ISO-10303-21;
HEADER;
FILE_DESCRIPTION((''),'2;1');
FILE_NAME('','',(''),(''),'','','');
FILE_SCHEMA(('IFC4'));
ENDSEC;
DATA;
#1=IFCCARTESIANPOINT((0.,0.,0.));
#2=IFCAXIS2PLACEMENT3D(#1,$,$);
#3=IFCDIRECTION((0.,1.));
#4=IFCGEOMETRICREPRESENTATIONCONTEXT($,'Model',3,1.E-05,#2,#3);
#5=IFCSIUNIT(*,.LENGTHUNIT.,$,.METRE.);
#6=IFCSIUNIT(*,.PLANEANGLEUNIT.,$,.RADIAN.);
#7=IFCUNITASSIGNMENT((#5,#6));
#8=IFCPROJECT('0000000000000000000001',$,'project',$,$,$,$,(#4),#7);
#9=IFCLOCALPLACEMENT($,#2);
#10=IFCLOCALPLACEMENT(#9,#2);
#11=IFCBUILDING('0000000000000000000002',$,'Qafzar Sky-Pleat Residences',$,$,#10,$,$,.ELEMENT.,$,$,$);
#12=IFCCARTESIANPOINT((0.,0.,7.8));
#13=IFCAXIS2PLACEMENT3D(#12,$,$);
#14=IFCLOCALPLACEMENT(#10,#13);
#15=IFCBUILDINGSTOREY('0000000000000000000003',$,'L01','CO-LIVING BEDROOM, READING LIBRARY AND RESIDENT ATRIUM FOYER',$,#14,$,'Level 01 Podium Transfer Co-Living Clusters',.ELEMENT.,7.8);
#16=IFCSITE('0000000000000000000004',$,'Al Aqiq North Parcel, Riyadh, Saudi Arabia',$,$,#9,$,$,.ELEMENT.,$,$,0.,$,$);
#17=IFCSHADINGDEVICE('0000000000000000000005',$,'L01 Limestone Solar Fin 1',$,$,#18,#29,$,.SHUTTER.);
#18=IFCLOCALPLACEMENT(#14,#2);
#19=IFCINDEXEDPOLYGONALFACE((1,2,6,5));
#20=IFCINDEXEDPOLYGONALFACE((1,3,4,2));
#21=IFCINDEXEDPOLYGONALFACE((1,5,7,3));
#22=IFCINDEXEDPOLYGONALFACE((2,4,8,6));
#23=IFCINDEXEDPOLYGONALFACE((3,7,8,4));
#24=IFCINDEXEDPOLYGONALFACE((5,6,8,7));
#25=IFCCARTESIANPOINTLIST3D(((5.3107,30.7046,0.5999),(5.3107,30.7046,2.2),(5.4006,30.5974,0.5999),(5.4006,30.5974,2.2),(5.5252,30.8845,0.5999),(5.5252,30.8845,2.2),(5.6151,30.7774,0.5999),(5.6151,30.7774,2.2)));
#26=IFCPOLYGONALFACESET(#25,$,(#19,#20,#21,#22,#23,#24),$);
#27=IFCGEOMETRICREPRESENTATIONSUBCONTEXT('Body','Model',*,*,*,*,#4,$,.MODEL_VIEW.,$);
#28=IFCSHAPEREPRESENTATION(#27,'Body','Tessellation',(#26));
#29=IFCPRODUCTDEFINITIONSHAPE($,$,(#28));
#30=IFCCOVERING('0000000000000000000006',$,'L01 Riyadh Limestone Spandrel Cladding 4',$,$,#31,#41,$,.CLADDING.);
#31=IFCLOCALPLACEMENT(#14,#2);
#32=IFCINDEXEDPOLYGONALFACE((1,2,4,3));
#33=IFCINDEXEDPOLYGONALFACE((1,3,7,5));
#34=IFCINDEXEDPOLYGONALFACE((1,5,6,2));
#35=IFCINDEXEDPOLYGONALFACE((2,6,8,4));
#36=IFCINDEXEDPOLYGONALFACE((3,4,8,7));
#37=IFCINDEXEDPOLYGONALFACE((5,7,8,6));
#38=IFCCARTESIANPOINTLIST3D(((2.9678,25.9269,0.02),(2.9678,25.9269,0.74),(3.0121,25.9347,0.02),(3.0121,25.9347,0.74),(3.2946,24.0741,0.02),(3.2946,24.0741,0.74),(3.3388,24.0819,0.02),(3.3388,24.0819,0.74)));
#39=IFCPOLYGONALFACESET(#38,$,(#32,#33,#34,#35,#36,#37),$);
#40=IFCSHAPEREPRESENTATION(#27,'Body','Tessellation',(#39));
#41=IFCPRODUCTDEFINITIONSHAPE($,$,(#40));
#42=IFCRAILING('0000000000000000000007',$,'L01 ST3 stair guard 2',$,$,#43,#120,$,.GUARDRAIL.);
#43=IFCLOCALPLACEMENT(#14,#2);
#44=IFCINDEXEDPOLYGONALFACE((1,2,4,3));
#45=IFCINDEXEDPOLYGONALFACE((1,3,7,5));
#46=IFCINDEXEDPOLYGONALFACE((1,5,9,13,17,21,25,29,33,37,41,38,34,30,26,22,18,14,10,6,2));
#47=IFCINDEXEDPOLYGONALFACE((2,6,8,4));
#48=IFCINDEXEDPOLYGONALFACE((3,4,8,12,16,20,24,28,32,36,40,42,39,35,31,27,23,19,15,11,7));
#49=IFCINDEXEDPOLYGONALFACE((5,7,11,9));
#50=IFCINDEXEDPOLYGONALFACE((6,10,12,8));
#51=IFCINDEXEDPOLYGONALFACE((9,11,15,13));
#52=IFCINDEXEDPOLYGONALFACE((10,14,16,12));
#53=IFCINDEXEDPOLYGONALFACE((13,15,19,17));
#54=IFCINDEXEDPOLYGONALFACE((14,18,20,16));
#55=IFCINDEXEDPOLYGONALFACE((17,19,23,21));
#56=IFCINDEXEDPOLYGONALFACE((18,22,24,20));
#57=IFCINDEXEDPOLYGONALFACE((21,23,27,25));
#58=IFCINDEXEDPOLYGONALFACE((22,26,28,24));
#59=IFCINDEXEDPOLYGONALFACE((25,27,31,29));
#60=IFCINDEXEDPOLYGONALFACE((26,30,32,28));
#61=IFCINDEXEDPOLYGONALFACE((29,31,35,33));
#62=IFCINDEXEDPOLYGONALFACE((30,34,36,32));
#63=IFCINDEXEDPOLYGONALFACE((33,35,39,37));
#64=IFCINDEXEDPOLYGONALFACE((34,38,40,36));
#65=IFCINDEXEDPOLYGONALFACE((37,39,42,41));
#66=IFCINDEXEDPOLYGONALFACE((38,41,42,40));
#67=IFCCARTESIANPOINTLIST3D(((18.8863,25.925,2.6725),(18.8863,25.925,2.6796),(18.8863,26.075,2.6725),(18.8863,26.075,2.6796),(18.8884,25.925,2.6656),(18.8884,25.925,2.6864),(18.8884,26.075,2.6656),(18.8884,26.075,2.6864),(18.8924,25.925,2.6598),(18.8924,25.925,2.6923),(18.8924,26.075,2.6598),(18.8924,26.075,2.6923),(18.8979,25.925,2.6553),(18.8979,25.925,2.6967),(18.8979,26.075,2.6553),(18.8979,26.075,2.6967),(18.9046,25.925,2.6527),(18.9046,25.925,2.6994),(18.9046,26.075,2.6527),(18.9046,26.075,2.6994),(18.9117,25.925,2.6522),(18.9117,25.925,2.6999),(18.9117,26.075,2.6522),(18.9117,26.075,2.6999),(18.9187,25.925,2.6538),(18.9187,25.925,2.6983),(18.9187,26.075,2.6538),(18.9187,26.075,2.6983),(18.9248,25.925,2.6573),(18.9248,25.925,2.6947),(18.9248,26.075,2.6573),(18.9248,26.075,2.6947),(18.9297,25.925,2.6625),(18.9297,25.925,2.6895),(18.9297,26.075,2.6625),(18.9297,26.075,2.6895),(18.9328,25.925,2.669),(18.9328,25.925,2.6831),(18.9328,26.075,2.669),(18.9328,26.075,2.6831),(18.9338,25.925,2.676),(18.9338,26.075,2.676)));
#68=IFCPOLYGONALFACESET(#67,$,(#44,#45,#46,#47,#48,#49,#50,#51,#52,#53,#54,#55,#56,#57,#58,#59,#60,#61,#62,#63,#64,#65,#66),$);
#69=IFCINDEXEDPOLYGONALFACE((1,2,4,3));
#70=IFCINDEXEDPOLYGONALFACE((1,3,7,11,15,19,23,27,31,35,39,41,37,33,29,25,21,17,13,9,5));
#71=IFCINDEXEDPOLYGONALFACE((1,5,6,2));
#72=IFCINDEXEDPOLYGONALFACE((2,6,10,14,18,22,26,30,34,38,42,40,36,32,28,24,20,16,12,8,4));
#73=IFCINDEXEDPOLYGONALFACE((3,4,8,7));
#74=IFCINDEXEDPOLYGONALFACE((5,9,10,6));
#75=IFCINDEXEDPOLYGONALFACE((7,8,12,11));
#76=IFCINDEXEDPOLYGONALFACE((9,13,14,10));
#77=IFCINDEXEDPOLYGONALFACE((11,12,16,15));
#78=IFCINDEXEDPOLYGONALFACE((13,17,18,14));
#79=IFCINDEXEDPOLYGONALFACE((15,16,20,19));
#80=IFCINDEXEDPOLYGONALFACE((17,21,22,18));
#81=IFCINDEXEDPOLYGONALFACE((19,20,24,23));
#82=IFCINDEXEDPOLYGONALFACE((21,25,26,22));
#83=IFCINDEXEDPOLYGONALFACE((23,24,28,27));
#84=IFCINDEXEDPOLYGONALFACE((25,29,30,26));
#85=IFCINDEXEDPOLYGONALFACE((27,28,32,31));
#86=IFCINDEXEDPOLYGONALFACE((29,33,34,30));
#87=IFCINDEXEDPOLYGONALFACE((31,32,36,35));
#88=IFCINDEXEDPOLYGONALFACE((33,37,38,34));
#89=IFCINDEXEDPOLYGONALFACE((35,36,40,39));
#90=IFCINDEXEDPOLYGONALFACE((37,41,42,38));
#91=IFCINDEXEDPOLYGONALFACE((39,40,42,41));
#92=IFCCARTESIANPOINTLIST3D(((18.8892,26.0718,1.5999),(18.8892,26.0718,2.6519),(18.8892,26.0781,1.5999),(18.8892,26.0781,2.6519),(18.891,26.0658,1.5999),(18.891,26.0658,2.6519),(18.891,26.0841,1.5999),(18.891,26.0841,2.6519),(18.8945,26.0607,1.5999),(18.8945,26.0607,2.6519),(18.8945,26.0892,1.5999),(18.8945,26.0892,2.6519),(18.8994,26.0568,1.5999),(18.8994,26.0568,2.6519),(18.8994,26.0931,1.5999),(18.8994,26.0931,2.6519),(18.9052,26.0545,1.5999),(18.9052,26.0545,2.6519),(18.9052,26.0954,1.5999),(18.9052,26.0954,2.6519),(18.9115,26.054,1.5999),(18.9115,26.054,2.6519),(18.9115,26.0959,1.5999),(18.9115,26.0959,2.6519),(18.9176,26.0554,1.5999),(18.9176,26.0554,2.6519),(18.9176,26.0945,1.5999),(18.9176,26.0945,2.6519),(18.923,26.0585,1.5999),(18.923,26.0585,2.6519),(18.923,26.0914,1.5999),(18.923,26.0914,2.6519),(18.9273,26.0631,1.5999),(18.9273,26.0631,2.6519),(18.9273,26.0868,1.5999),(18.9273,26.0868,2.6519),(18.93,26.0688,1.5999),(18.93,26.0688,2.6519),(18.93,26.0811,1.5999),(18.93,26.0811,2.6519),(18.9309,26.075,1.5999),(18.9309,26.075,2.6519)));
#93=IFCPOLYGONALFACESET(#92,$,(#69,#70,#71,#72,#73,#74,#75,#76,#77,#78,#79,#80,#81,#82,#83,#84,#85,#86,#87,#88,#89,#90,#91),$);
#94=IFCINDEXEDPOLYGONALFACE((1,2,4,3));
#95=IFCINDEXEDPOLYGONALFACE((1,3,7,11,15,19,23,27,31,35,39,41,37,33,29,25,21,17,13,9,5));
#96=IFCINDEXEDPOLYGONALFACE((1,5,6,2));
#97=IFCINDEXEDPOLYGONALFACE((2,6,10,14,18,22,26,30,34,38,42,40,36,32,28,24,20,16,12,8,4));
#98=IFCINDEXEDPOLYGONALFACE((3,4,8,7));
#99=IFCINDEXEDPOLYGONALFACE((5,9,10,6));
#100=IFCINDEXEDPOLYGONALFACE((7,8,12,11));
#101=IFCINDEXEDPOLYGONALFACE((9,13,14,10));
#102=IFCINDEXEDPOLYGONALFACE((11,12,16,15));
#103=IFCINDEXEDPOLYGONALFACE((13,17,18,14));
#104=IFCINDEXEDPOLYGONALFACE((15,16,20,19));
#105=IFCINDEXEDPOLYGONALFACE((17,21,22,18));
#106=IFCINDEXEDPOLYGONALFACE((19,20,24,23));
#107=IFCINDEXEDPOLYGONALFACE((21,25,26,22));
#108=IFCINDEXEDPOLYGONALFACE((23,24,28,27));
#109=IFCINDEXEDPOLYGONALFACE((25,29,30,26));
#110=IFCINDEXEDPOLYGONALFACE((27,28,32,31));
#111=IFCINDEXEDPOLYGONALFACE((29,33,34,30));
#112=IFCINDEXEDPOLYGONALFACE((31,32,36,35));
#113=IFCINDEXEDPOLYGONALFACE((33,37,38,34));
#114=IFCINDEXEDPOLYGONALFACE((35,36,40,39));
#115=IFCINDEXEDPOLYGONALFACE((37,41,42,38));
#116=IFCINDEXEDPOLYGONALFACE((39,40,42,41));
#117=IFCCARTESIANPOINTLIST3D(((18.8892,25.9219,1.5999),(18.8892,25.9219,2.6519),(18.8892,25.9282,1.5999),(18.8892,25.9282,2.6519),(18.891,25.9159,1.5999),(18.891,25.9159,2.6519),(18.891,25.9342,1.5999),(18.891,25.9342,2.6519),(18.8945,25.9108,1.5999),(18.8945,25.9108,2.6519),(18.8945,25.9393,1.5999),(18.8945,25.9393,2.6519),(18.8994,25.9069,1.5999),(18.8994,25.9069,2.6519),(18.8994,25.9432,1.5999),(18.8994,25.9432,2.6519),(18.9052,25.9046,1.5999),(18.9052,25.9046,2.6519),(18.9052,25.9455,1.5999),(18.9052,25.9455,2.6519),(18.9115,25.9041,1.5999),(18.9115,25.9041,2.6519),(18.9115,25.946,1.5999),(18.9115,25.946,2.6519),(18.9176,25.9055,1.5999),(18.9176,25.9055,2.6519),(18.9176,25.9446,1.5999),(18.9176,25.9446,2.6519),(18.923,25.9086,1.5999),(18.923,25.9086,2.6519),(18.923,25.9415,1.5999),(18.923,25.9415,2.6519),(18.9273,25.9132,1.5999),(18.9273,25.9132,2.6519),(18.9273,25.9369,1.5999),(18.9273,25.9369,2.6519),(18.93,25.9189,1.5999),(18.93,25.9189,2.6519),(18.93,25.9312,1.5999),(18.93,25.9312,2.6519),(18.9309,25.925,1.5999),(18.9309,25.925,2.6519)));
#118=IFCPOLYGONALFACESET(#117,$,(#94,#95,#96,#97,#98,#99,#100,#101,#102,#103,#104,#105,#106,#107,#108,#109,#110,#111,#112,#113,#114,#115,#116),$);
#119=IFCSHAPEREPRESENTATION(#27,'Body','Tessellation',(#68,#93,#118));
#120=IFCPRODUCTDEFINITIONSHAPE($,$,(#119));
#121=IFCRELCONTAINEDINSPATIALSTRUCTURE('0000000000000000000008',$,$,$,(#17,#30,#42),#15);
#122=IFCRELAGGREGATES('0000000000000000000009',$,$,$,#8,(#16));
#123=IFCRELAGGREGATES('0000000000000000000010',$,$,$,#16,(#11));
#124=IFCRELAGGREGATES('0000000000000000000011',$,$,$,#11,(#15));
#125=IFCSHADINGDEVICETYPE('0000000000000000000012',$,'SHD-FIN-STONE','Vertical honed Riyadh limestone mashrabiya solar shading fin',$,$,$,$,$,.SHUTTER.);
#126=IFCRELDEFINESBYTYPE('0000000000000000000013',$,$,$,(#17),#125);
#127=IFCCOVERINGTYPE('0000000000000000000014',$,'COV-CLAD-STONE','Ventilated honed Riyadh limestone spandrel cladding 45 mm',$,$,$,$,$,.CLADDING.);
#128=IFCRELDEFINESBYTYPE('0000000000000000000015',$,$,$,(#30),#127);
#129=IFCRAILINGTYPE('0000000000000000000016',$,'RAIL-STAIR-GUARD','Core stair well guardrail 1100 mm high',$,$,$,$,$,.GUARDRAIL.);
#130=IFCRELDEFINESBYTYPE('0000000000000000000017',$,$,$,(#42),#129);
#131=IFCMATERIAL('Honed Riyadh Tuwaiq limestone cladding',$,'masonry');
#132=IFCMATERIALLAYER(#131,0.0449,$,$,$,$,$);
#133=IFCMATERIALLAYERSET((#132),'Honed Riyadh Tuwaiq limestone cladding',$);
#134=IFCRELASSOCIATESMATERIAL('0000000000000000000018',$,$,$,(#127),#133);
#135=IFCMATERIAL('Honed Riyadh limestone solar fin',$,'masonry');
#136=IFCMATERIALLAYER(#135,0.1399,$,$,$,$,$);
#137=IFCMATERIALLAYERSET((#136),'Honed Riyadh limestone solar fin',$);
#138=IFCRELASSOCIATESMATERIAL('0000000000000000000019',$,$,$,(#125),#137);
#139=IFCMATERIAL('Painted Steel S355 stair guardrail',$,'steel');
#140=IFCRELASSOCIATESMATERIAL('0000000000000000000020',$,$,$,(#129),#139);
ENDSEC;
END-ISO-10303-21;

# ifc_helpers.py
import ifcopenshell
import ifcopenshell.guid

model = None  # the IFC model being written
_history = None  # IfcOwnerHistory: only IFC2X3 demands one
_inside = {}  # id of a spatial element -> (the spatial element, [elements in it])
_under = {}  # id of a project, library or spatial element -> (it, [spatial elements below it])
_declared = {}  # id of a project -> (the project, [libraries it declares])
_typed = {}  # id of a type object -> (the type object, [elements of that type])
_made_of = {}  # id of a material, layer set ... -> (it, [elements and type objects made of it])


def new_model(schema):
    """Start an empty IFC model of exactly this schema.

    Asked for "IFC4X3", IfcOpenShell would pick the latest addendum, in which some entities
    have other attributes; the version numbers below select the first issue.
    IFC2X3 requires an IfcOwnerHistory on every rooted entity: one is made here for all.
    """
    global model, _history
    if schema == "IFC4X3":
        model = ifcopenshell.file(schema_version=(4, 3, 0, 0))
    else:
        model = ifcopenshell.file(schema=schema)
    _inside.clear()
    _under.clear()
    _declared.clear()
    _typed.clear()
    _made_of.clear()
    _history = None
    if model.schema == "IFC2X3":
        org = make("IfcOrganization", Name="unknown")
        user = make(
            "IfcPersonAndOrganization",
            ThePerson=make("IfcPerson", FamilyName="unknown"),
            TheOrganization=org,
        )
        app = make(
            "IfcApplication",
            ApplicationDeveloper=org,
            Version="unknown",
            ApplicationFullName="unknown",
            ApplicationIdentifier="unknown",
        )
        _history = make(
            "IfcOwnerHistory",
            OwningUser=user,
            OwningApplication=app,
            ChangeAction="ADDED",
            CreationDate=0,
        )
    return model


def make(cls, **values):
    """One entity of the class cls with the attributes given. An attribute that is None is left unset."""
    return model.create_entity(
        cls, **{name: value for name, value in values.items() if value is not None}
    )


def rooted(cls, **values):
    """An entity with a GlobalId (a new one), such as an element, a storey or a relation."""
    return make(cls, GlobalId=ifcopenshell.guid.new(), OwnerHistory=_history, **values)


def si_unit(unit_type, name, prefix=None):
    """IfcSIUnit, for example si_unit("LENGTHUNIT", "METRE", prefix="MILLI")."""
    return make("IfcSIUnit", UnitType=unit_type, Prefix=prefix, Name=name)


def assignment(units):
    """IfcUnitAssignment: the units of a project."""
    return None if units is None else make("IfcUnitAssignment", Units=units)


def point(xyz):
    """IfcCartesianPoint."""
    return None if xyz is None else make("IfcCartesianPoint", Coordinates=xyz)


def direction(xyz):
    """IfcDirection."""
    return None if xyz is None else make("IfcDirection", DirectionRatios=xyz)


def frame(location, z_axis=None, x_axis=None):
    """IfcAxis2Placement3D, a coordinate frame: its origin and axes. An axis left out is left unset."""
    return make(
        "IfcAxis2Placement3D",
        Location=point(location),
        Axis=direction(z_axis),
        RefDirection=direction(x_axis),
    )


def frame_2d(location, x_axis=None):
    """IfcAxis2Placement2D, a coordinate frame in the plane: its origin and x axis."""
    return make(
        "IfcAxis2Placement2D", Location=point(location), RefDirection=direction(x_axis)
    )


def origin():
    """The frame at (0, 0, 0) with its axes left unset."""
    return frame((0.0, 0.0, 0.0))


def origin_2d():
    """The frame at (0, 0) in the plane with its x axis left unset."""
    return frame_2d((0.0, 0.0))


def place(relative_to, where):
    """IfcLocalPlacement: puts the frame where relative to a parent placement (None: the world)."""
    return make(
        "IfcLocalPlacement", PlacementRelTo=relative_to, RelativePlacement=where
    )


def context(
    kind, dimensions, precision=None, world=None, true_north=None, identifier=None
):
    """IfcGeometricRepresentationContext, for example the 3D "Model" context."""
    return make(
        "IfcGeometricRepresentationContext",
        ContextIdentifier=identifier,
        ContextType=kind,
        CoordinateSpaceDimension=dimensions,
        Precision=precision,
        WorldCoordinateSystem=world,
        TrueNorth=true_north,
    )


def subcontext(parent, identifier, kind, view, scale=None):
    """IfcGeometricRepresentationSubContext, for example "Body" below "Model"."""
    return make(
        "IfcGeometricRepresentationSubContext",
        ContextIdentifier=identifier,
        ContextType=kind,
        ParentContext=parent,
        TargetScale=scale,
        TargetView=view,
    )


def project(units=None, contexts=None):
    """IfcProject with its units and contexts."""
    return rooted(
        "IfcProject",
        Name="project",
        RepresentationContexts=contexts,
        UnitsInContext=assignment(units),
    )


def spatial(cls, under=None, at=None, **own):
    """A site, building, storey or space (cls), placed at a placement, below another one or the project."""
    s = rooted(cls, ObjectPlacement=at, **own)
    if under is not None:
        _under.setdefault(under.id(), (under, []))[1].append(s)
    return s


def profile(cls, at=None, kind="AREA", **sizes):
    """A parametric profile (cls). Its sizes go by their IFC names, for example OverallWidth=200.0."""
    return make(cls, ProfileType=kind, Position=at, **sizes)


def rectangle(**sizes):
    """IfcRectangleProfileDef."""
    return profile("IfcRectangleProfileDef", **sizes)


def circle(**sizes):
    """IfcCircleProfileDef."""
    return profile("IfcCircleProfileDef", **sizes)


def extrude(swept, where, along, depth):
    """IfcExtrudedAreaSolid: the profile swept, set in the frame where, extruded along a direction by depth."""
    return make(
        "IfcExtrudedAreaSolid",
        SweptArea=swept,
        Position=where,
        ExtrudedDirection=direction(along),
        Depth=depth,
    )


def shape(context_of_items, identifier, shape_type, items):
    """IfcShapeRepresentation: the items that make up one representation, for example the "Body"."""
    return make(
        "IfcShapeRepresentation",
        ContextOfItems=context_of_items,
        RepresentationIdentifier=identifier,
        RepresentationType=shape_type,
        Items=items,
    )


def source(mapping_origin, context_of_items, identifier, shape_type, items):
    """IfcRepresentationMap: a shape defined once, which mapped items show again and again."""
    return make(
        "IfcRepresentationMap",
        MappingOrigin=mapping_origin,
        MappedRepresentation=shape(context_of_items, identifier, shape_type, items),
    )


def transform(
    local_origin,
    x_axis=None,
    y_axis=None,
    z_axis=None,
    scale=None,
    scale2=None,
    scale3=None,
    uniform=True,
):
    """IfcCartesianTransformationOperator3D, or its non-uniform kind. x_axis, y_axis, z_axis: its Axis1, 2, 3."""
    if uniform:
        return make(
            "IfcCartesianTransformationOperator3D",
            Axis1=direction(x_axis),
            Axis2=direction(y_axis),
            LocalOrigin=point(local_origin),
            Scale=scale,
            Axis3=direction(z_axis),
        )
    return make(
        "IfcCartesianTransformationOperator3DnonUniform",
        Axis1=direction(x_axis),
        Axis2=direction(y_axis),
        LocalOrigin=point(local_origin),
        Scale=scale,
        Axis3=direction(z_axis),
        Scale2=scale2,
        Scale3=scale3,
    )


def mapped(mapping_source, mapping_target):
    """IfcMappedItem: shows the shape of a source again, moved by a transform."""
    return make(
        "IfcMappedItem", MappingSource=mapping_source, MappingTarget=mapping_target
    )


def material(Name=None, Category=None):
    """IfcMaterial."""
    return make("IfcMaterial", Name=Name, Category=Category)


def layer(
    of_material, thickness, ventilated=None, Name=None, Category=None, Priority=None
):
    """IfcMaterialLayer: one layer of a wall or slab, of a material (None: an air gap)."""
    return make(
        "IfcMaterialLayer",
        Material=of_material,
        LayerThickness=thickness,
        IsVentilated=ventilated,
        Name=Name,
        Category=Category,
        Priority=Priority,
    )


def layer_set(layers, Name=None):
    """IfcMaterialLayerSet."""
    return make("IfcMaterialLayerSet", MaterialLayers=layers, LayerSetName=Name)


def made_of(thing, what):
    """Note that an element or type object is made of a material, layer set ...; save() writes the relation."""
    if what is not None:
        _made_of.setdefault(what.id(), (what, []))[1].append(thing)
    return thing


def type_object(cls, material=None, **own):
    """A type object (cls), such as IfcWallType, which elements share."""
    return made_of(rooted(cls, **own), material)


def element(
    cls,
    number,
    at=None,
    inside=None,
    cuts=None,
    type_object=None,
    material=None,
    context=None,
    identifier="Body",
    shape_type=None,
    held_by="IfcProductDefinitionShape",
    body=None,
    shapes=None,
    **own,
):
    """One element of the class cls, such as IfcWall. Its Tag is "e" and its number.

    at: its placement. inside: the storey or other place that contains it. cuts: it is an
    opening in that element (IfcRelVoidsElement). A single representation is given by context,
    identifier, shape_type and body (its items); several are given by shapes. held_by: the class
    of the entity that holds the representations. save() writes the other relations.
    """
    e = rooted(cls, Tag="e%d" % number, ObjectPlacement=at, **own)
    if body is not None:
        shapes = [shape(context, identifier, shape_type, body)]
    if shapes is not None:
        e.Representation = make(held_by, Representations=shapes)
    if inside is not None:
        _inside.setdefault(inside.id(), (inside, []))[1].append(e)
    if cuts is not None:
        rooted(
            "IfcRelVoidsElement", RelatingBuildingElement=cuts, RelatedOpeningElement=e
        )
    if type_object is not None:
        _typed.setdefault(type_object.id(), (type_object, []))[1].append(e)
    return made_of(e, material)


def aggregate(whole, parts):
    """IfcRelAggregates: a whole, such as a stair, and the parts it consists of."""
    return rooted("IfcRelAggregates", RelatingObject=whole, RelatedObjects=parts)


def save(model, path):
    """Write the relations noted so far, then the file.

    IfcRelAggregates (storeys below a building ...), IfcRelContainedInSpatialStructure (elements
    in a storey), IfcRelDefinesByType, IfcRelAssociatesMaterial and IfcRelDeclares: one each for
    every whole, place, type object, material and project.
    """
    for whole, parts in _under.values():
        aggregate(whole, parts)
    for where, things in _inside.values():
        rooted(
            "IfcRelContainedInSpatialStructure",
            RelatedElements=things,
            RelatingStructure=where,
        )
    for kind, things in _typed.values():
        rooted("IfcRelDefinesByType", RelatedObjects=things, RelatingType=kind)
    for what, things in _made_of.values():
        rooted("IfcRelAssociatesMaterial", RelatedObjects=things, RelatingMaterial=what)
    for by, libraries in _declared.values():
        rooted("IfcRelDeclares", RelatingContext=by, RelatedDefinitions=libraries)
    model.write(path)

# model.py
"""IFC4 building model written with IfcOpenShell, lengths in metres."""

from ifc_helpers import new_model, si_unit, direction, frame, origin, origin_2d, place, context, subcontext, project, spatial, rectangle, circle, extrude, source, transform, mapped, material, layer, layer_set, type_object, element, save


model = new_model("IFC4")

# Units and contexts
model_context = context("Model", 3, precision=1e-05, world=origin(), true_north=direction((0.0, 1.0)))
body_context = subcontext(model_context, "Body", "Model", "MODEL_VIEW")
ifc_project = project(units=[si_unit("LENGTHUNIT", "METRE"), si_unit("PLANEANGLEUNIT", "RADIAN")], contexts=[model_context])

# Site, building, storey
site_placement = place(None, origin())
site = spatial("IfcSite", under=ifc_project, at=site_placement, Name="Al Aqiq North Parcel, Riyadh, Saudi Arabia", CompositionType="ELEMENT", RefElevation=0.0)
building_placement = place(site_placement, origin())
building = spatial("IfcBuilding", under=site, at=building_placement, Name="Qafzar Sky-Pleat Residences", CompositionType="ELEMENT")
storey_placement = place(building_placement, frame((0.0, 0.0, 7.8)))
storey = spatial("IfcBuildingStorey", under=building, at=storey_placement, Name="L01", Description="CO-LIVING BEDROOM, READING LIBRARY AND RESIDENT ATRIUM FOYER", LongName="Level 01 Podium Transfer Co-Living Clusters", CompositionType="ELEMENT", Elevation=7.8)

# Shared definitions
ifc_material_1 = material(Name="Honed Riyadh Tuwaiq limestone cladding", Category="masonry")
ifc_layer_1 = layer(ifc_material_1, 0.0449)
ifc_layer_set_1 = layer_set([ifc_layer_1], Name="Honed Riyadh Tuwaiq limestone cladding")
covering_type = type_object("IfcCoveringType", Name="COV-CLAD-STONE", Description="Ventilated honed Riyadh limestone spandrel cladding 45 mm", PredefinedType="CLADDING", material=ifc_layer_set_1)

# Shading device
ifc_material_2 = material(Name="Honed Riyadh limestone solar fin", Category="masonry")
ifc_layer_2 = layer(ifc_material_2, 0.1399)
ifc_layer_set_2 = layer_set([ifc_layer_2], Name="Honed Riyadh limestone solar fin")
shading_device_type = type_object("IfcShadingDeviceType", Name="SHD-FIN-STONE", Description="Vertical honed Riyadh limestone mashrabiya solar shading fin", PredefinedType="SHUTTER", material=ifc_layer_set_2)
shared_shape_1 = source(origin(), body_context, "Body", "SweptSolid", [
    extrude(rectangle(XDim=0.1399, YDim=0.28, at=origin_2d()), origin(), (0.0, 0.0, 1.0), 1.6001),
])
shading_device_placement = place(storey_placement, frame((5.4629, 30.741, 0.5999), z_axis=(0.0, 0.0, 1.0), x_axis=(-0.642754, 0.766072, 0.0)))
element("IfcShadingDevice", 1, at=shading_device_placement, inside=storey, type_object=shading_device_type, Name="L01 Limestone Solar Fin 1", PredefinedType="SHUTTER", context=body_context, shape_type="MappedRepresentation", body=[
    mapped(shared_shape_1, transform((0.0, 0.0, 0.0), x_axis=(1.0, 0.0, 0.0), y_axis=(0.0, 1.0, 0.0), z_axis=(0.0, 0.0, 1.0), scale=1.0)),
])

# Covering
shared_shape_2 = source(origin(), body_context, "Body", "SweptSolid", [
    extrude(rectangle(XDim=1.8813, YDim=0.0449, at=origin_2d()), origin(), (0.0, 0.0, 1.0), 0.72),
])
covering_1_placement = place(storey_placement, frame((3.1533, 25.0044, 0.02), z_axis=(0.0, 0.0, 1.0), x_axis=(0.173663, -0.984805, 0.0)))
element("IfcCovering", 2, at=covering_1_placement, inside=storey, type_object=covering_type, Name="L01 Riyadh Limestone Spandrel Cladding 4", PredefinedType="CLADDING", context=body_context, shape_type="MappedRepresentation", body=[
    mapped(shared_shape_2, transform((0.0, 0.0, 0.0), x_axis=(1.0, 0.0, 0.0), y_axis=(0.0, 1.0, 0.0), z_axis=(0.0, 0.0, 1.0), scale=1.0)),
])

# Railing
ifc_material_3 = material(Name="Painted Steel S355 stair guardrail", Category="steel")
railing_type = type_object("IfcRailingType", Name="RAIL-STAIR-GUARD", Description="Core stair well guardrail 1100 mm high", PredefinedType="GUARDRAIL", material=ifc_material_3)
shared_shape_3 = source(origin(), body_context, "Body", "SweptSolid", [
    extrude(circle(Radius=0.0239, at=origin_2d()), frame((0.0, 0.0, 1.0762), z_axis=(0.0, -1.0, 0.0), x_axis=(1.0, 0.0, 0.0)), (0.0, 0.0, 1.0), 0.1499),
    extrude(circle(Radius=0.021, at=origin_2d()), origin(), (0.0, 0.0, 1.0), 1.052),
    extrude(circle(Radius=0.021, at=origin_2d()), frame((0.0, -0.1499, 0.0)), (0.0, 0.0, 1.0), 1.052),
])
railing_1_placement = place(storey_placement, frame((18.9099, 26.075, 1.5999)))
element("IfcRailing", 3, at=railing_1_placement, inside=storey, type_object=railing_type, Name="L01 ST3 stair guard 2", PredefinedType="GUARDRAIL", context=body_context, shape_type="MappedRepresentation", body=[
    mapped(shared_shape_3, transform((0.0, 0.0, 0.0), x_axis=(1.0, 0.0, 0.0), y_axis=(0.0, 1.0, 0.0), z_axis=(0.0, 0.0, 1.0), scale=1.0)),
])

save(model, "model.ifc")
